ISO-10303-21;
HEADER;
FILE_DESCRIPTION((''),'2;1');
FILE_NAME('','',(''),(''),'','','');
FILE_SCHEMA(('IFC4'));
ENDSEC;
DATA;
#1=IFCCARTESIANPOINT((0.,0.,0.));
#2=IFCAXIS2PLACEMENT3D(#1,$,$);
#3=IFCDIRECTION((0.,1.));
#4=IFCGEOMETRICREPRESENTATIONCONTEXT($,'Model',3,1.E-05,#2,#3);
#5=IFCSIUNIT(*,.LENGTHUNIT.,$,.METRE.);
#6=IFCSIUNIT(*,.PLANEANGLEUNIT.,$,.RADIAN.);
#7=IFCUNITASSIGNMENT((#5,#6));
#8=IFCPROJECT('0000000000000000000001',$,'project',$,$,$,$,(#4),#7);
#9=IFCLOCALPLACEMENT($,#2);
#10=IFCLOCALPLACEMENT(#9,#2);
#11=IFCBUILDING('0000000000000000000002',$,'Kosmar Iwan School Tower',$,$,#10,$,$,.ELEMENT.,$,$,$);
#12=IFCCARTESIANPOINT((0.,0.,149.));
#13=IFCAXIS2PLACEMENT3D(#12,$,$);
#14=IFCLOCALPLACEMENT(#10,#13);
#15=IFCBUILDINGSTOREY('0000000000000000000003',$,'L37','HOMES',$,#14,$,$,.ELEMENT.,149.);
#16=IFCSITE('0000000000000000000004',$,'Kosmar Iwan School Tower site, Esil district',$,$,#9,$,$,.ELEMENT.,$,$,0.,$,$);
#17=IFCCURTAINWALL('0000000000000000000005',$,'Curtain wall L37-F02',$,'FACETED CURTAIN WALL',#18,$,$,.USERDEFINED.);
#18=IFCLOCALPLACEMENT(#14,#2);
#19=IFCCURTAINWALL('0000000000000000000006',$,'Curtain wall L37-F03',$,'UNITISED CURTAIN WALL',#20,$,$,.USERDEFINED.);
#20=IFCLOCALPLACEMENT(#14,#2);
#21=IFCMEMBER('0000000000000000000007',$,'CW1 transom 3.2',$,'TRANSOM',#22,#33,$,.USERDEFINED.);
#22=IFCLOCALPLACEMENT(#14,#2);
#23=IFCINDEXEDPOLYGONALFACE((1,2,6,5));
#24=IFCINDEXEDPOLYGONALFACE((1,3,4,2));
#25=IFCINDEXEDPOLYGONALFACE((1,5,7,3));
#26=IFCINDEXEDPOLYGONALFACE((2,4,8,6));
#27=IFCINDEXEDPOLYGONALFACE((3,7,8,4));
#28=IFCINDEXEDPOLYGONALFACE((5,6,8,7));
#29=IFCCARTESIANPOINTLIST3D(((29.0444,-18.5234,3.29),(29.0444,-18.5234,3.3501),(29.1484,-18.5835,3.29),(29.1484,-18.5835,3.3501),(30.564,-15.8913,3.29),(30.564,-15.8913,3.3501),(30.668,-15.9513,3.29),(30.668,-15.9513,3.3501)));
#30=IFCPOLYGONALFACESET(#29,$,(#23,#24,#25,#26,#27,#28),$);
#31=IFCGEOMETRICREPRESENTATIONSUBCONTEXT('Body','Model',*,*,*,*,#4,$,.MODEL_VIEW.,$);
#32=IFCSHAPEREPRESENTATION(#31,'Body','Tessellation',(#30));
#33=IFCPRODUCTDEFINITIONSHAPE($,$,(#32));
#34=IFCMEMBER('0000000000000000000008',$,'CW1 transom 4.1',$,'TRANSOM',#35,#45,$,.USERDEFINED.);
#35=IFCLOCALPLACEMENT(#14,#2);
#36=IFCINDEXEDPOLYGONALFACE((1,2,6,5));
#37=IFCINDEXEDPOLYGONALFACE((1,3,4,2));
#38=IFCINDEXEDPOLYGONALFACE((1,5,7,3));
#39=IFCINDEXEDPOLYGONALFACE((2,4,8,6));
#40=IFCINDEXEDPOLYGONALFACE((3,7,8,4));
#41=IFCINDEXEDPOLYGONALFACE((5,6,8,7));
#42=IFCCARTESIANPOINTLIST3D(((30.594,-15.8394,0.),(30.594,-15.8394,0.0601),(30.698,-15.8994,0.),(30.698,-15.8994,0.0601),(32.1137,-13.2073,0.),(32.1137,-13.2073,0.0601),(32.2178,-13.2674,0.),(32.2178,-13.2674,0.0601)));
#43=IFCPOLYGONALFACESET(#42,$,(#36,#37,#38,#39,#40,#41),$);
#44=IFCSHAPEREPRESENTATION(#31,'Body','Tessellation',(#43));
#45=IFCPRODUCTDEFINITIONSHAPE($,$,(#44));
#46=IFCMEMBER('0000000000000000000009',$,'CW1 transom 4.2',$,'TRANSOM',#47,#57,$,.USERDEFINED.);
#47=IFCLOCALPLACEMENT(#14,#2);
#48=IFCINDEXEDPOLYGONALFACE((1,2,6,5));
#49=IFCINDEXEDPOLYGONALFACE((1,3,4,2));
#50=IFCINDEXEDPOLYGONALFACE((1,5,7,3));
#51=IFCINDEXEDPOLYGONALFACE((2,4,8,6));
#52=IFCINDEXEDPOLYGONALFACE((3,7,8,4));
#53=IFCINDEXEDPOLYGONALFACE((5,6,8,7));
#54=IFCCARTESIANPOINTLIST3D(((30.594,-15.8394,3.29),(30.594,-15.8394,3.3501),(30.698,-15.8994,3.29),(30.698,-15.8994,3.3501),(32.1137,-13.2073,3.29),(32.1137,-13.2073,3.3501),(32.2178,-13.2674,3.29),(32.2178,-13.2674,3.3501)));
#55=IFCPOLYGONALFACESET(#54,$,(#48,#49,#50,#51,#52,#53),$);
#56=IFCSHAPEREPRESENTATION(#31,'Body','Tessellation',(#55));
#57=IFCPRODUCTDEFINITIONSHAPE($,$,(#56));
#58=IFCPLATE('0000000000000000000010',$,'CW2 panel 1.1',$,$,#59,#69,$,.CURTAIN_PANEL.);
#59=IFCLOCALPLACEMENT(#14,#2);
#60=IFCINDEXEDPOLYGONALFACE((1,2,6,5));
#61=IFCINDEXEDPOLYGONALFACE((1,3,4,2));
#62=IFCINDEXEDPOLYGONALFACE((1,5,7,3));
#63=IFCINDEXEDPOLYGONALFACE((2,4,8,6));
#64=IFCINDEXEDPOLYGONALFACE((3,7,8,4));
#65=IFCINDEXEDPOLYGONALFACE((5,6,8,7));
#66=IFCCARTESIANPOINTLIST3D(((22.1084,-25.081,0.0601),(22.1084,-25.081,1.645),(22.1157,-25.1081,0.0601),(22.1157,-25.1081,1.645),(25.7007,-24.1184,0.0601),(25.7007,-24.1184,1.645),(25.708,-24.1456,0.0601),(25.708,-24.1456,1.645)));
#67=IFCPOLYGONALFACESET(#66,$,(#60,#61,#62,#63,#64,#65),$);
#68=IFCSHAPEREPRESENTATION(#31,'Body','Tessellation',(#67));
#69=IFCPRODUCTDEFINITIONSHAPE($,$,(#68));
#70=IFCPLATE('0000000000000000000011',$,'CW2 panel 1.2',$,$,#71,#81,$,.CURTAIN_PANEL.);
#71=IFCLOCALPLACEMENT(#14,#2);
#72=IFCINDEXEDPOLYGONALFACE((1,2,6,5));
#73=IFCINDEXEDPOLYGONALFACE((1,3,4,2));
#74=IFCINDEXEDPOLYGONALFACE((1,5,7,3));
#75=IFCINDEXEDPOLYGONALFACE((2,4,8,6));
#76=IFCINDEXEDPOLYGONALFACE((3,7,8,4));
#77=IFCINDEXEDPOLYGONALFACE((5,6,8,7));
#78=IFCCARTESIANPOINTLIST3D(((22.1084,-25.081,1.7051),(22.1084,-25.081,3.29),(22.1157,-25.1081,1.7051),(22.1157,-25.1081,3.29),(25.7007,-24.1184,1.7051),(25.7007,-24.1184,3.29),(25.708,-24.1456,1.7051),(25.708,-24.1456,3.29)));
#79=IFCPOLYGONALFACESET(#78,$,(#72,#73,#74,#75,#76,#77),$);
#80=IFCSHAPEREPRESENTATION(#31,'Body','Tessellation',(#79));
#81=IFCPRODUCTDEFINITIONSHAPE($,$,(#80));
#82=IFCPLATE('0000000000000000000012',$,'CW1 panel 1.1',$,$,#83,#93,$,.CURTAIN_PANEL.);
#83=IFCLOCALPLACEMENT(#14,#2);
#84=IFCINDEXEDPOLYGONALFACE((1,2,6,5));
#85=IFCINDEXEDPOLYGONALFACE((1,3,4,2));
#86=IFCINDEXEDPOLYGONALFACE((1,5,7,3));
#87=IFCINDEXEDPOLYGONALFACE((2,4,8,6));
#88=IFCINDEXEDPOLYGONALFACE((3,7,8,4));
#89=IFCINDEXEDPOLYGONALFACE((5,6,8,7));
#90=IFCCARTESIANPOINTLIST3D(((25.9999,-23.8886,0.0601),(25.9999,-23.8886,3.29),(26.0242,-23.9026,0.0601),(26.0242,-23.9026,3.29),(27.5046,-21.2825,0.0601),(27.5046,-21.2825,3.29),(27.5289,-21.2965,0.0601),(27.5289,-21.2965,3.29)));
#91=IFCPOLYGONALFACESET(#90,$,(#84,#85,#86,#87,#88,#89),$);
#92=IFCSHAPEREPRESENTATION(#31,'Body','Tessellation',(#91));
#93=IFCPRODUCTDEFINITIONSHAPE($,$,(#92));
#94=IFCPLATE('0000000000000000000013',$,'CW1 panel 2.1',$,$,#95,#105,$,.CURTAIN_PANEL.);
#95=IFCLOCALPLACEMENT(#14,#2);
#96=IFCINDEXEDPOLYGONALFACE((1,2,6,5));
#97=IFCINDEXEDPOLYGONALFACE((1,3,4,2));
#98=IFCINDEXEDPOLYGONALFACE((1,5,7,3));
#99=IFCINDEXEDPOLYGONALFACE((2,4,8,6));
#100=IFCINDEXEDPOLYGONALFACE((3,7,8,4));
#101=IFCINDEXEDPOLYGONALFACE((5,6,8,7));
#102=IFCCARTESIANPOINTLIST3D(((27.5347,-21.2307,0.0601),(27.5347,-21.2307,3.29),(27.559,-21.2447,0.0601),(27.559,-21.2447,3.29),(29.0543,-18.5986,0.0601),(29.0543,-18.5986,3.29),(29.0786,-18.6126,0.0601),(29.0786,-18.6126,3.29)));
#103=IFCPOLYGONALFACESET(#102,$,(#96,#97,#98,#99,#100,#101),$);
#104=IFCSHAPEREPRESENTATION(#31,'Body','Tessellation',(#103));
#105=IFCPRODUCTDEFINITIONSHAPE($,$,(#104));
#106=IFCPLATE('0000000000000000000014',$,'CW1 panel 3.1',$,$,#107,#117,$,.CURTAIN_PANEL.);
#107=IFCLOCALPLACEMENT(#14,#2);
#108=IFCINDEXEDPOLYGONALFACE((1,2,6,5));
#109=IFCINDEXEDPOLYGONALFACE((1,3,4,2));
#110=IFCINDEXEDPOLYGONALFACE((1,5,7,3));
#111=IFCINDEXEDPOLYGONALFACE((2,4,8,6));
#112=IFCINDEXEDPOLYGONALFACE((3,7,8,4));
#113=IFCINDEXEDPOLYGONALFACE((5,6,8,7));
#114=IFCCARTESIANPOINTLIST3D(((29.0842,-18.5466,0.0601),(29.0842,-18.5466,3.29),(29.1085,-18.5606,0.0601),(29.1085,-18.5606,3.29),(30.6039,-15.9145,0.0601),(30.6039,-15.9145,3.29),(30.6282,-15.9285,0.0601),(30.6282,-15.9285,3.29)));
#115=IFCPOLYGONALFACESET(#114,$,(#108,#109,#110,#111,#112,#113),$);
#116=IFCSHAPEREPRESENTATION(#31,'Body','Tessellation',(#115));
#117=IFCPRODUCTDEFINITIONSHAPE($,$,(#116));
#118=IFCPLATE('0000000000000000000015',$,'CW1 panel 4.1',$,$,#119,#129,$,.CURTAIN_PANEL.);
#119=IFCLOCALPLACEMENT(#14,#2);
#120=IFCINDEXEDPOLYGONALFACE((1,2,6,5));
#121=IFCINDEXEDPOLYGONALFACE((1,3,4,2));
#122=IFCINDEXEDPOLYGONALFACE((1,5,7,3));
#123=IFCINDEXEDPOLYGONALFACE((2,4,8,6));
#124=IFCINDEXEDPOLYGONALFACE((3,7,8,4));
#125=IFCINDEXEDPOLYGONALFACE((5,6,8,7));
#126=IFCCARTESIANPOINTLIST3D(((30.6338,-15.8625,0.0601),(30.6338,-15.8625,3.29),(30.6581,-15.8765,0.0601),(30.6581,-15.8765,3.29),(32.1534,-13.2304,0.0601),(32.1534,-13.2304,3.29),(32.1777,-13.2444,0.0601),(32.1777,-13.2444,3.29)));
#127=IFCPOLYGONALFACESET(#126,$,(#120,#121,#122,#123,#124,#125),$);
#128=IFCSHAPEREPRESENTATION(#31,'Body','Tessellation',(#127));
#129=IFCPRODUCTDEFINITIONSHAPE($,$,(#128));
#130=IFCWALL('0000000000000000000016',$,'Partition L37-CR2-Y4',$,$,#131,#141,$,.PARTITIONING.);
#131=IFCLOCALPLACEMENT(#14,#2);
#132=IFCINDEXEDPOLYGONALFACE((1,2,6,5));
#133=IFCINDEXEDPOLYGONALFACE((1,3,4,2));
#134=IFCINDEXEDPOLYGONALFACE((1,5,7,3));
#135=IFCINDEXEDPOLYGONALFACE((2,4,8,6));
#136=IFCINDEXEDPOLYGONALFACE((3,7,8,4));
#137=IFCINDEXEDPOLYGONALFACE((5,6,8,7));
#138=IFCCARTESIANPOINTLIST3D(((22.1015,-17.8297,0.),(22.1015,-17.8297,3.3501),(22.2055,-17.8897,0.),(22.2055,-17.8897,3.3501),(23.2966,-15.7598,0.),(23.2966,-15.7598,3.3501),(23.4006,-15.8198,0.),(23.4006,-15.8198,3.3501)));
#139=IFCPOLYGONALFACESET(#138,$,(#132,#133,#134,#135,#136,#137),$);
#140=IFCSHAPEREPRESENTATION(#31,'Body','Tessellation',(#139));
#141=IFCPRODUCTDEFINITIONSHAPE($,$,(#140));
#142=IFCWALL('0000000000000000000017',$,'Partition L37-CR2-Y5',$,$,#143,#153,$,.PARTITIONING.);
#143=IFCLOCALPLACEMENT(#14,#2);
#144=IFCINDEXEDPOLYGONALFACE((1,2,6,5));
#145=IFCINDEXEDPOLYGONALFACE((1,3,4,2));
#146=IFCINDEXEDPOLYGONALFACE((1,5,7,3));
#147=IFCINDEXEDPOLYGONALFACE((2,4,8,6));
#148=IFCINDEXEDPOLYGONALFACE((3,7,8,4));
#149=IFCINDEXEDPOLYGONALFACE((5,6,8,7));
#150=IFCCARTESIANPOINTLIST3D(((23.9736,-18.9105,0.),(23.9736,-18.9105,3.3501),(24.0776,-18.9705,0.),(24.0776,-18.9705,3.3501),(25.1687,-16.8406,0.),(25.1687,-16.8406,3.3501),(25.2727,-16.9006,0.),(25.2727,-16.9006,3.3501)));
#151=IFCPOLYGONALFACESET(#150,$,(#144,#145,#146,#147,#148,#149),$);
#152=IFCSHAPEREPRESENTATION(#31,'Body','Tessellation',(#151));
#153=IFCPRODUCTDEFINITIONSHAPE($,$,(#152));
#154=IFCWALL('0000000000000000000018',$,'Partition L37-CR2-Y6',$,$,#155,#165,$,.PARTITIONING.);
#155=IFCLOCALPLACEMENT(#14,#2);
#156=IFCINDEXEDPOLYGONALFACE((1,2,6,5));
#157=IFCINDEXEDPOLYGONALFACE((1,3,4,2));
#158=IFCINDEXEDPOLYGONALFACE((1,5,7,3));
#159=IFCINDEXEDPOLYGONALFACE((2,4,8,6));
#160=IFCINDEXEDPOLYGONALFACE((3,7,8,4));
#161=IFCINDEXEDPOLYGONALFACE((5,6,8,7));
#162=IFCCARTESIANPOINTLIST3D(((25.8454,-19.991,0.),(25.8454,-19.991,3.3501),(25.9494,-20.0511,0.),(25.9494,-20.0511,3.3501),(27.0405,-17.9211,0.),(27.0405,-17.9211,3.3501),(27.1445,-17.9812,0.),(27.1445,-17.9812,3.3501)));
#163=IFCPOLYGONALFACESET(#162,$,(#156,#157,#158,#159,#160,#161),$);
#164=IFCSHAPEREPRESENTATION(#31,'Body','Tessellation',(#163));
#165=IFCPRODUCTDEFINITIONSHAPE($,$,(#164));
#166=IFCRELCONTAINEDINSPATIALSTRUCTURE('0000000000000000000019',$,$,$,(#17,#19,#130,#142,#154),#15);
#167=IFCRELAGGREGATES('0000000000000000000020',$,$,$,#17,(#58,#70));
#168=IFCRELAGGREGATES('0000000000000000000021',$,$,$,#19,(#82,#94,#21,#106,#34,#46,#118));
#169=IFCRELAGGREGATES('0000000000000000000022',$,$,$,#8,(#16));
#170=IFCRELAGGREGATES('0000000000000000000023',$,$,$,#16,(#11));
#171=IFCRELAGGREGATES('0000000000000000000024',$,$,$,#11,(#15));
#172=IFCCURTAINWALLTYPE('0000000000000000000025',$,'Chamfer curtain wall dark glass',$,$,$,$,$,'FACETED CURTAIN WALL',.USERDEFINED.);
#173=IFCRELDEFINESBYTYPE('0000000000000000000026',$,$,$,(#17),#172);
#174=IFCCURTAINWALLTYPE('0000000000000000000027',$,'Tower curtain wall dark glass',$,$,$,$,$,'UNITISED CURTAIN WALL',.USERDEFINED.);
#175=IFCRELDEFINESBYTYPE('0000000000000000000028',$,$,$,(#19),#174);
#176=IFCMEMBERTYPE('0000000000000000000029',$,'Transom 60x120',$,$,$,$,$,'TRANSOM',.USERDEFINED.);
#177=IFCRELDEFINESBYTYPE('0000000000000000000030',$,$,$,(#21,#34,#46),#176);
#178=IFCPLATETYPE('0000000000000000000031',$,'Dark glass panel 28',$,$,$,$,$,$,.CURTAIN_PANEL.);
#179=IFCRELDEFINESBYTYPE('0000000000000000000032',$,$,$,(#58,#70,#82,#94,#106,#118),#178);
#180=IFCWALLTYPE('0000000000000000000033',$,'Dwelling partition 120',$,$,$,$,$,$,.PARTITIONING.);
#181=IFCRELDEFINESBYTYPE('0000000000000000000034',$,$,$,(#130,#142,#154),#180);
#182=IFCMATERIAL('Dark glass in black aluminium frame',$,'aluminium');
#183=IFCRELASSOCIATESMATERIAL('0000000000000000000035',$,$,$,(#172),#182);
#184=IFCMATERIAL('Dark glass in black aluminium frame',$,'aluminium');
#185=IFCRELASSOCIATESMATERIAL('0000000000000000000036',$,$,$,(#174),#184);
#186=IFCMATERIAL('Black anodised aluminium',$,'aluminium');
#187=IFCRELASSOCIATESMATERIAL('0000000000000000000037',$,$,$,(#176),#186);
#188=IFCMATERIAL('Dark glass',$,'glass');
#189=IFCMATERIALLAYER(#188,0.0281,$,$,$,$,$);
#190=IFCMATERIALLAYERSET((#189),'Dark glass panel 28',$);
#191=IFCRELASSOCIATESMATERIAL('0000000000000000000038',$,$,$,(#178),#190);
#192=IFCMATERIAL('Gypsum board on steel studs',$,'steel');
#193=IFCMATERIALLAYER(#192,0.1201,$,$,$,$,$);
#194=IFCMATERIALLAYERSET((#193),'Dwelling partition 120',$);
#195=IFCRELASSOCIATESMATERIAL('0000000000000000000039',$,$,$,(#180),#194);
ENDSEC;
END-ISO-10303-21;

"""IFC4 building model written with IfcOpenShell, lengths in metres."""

from ifc_helpers import new_model, si_unit, direction, frame, frame_2d, origin, origin_2d, place, context, subcontext, project, spatial, rectangle, extrude, material, layer, layer_set, material_profile, profile_set, type_object, element, aggregate, save


model = new_model("IFC4")

# Units and contexts
model_context = context("Model", 3, precision=1e-05, world=origin(), true_north=direction((0.0, 1.0)))
body_context = subcontext(model_context, "Body", "Model", "MODEL_VIEW")
ifc_project = project(units=[si_unit("LENGTHUNIT", "METRE"), si_unit("PLANEANGLEUNIT", "RADIAN")], contexts=[model_context])

# Site, building, storey
site_placement = place(None, origin())
site = spatial("IfcSite", under=ifc_project, at=site_placement, Name="Kosmar Iwan School Tower site, Esil district", CompositionType="ELEMENT", RefElevation=0.0)
building_placement = place(site_placement, origin())
building = spatial("IfcBuilding", under=site, at=building_placement, Name="Kosmar Iwan School Tower", CompositionType="ELEMENT")
storey_placement = place(building_placement, frame((0.0, 0.0, 149.0)))
storey = spatial("IfcBuildingStorey", under=building, at=storey_placement, Name="L37", Description="HOMES", CompositionType="ELEMENT", Elevation=149.0)

# Curtain wall
ifc_material_1 = material(Name="Dark glass in black aluminium frame", Category="aluminium")
curtain_wall_type_1 = type_object("IfcCurtainWallType", Name="Chamfer curtain wall dark glass", ElementType="FACETED CURTAIN WALL", PredefinedType="USERDEFINED", material=ifc_material_1)
curtain_wall_1_placement = place(storey_placement, origin())
curtain_wall_1 = element("IfcCurtainWall", 1, at=curtain_wall_1_placement, inside=storey, type_object=curtain_wall_type_1, Name="Curtain wall L37-F02", ObjectType="FACETED CURTAIN WALL", PredefinedType="USERDEFINED")

# Curtain wall
ifc_material_2 = material(Name="Dark glass in black aluminium frame", Category="aluminium")
curtain_wall_type_2 = type_object("IfcCurtainWallType", Name="Tower curtain wall dark glass", ElementType="UNITISED CURTAIN WALL", PredefinedType="USERDEFINED", material=ifc_material_2)
curtain_wall_2_placement = place(storey_placement, origin())
curtain_wall_2 = element("IfcCurtainWall", 2, at=curtain_wall_2_placement, inside=storey, type_object=curtain_wall_type_2, Name="Curtain wall L37-F03", ObjectType="UNITISED CURTAIN WALL", PredefinedType="USERDEFINED")

# Members
ifc_material_3 = material(Name="Black anodised aluminium", Category="aluminium")
ifc_material_profile_1 = material_profile(ifc_material_3, rectangle(XDim=0.1201, YDim=0.0601, at=origin_2d()), Name="TRANSOM 60x120")
ifc_profile_set_1 = profile_set([ifc_material_profile_1], Name="Black anodised aluminium")
member_type_1 = type_object("IfcMemberType", Name="Transom 60x120", ElementType="TRANSOM", PredefinedType="USERDEFINED", material=ifc_profile_set_1)
member_1_placement = place(storey_placement, frame((29.0964, -18.5535, 3.3201), z_axis=(0.499975, 0.86604, 0.0), x_axis=(-0.86604, 0.499975, 0.0)))
member_1 = element("IfcMember", 3, at=member_1_placement, type_object=member_type_1, Name="CW1 transom 3.2", ObjectType="TRANSOM", PredefinedType="USERDEFINED", context=body_context, shape_type="SweptSolid", body=[
    extrude(rectangle(XDim=0.1201, YDim=0.0601, at=origin_2d()), origin(), (0.0, 0.0, 1.0), 3.0393),
])
member_2_placement = place(storey_placement, frame((30.646, -15.8694, 0.03), z_axis=(0.500035, 0.866005, 0.0), x_axis=(-0.866005, 0.500035, 0.0)))
member_2 = element("IfcMember", 4, at=member_2_placement, type_object=member_type_1, Name="CW1 transom 4.1", ObjectType="TRANSOM", PredefinedType="USERDEFINED", context=body_context, shape_type="SweptSolid", body=[
    extrude(rectangle(XDim=0.1201, YDim=0.0601, at=origin_2d()), origin(), (0.0, 0.0, 1.0), 3.0393),
])
member_3_placement = place(storey_placement, frame((30.646, -15.8694, 3.3201), z_axis=(0.500035, 0.866005, 0.0), x_axis=(-0.866005, 0.500035, 0.0)))
member_3 = element("IfcMember", 5, at=member_3_placement, type_object=member_type_1, Name="CW1 transom 4.2", ObjectType="TRANSOM", PredefinedType="USERDEFINED", context=body_context, shape_type="SweptSolid", body=[
    extrude(rectangle(XDim=0.1201, YDim=0.0601, at=origin_2d()), origin(), (0.0, 0.0, 1.0), 3.0393),
])

# Plates
ifc_material_4 = material(Name="Dark glass", Category="glass")
ifc_layer_1 = layer(ifc_material_4, 0.0281)
ifc_layer_set_1 = layer_set([ifc_layer_1], Name="Dark glass panel 28")
plate_type = type_object("IfcPlateType", Name="Dark glass panel 28", PredefinedType="CURTAIN_PANEL", material=ifc_layer_set_1)
plate_1_placement = place(storey_placement, frame((23.9082, -24.6133, 0.0601), z_axis=(0.0, 0.0, 1.0), x_axis=(0.965926, 0.258819, 0.0)))
plate_1 = element("IfcPlate", 6, at=plate_1_placement, type_object=plate_type, Name="CW2 panel 1.1", PredefinedType="CURTAIN_PANEL", context=body_context, shape_type="SweptSolid", body=[
    extrude(rectangle(XDim=3.719, YDim=0.0281, at=origin_2d()), origin(), (0.0, 0.0, 1.0), 1.585),
])
plate_2_placement = place(storey_placement, frame((23.9082, -24.6133, 1.7051), z_axis=(0.0, 0.0, 1.0), x_axis=(0.965926, 0.258819, 0.0)))
plate_2 = element("IfcPlate", 7, at=plate_2_placement, type_object=plate_type, Name="CW2 panel 1.2", PredefinedType="CURTAIN_PANEL", context=body_context, shape_type="SweptSolid", body=[
    extrude(rectangle(XDim=3.719, YDim=0.0281, at=origin_2d()), origin(), (0.0, 0.0, 1.0), 1.585),
])
aggregate(curtain_wall_1, [plate_1, plate_2])
plate_3_placement = place(storey_placement, frame((26.7644, -22.5925, 0.0601), z_axis=(0.0, 0.0, 1.0), x_axis=(0.5, 0.866025, 0.0)))
plate_3 = element("IfcPlate", 8, at=plate_3_placement, type_object=plate_type, Name="CW1 panel 1.1", PredefinedType="CURTAIN_PANEL", context=body_context, shape_type="SweptSolid", body=[
    extrude(rectangle(XDim=3.0093, YDim=0.0281, at=origin_2d()), origin(), (0.0, 0.0, 1.0), 3.23),
])
plate_4_placement = place(storey_placement, frame((28.3066, -19.9216, 0.0601), z_axis=(0.0, 0.0, 1.0), x_axis=(0.5, 0.866025, 0.0)))
plate_4 = element("IfcPlate", 9, at=plate_4_placement, type_object=plate_type, Name="CW1 panel 2.1", PredefinedType="CURTAIN_PANEL", context=body_context, shape_type="SweptSolid", body=[
    extrude(rectangle(XDim=3.0393, YDim=0.0281, at=origin_2d()), origin(), (0.0, 0.0, 1.0), 3.23),
])
plate_5_placement = place(storey_placement, frame((29.8562, -17.2375, 0.0601), z_axis=(0.0, 0.0, 1.0), x_axis=(0.5, 0.866025, 0.0)))
plate_5 = element("IfcPlate", 10, at=plate_5_placement, type_object=plate_type, Name="CW1 panel 3.1", PredefinedType="CURTAIN_PANEL", context=body_context, shape_type="SweptSolid", body=[
    extrude(rectangle(XDim=3.0393, YDim=0.0281, at=origin_2d()), origin(), (0.0, 0.0, 1.0), 3.23),
])
plate_6_placement = place(storey_placement, frame((31.4058, -14.5535, 0.0601), z_axis=(0.0, 0.0, 1.0), x_axis=(0.5, 0.866025, 0.0)))
plate_6 = element("IfcPlate", 11, at=plate_6_placement, type_object=plate_type, Name="CW1 panel 4.1", PredefinedType="CURTAIN_PANEL", context=body_context, shape_type="SweptSolid", body=[
    extrude(rectangle(XDim=3.0393, YDim=0.0281, at=origin_2d()), origin(), (0.0, 0.0, 1.0), 3.23),
])
aggregate(curtain_wall_2, [plate_3, plate_4, member_1, plate_5, member_2, member_3, plate_6])

# Walls
ifc_material_5 = material(Name="Gypsum board on steel studs", Category="steel")
ifc_layer_2 = layer(ifc_material_5, 0.1201)
ifc_layer_set_2 = layer_set([ifc_layer_2], Name="Dwelling partition 120")
wall_type = type_object("IfcWallType", Name="Dwelling partition 120", PredefinedType="PARTITIONING", material=ifc_layer_set_2)
for number, where, z_axis, x_axis, name in (
    (12, (23.3486, -15.7898, 0.0), (0.0, 0.0, 1.0), (-0.500017, -0.866015, 0.0), "Partition L37-CR2-Y4"),
    (13, (25.2207, -16.8706, 0.0), (0.0, 0.0, 1.0), (-0.500017, -0.866015, 0.0), "Partition L37-CR2-Y5"),
    (14, (27.0925, -17.9512, 0.0), (0.0, 0.0, 1.0), (-0.500017, -0.866015, 0.0), "Partition L37-CR2-Y6"),
):
    element("IfcWall", number, at=place(storey_placement, frame(where, z_axis=z_axis, x_axis=x_axis)), inside=storey, type_object=wall_type, Name=name, PredefinedType="PARTITIONING", context=body_context, shape_type="SweptSolid", body=[
        extrude(rectangle(XDim=2.3901, YDim=0.1201, at=frame_2d((1.1951, 0.0))), origin(), (0.0, 0.0, 1.0), 3.3501),
    ])

save(model, "model.ifc")
